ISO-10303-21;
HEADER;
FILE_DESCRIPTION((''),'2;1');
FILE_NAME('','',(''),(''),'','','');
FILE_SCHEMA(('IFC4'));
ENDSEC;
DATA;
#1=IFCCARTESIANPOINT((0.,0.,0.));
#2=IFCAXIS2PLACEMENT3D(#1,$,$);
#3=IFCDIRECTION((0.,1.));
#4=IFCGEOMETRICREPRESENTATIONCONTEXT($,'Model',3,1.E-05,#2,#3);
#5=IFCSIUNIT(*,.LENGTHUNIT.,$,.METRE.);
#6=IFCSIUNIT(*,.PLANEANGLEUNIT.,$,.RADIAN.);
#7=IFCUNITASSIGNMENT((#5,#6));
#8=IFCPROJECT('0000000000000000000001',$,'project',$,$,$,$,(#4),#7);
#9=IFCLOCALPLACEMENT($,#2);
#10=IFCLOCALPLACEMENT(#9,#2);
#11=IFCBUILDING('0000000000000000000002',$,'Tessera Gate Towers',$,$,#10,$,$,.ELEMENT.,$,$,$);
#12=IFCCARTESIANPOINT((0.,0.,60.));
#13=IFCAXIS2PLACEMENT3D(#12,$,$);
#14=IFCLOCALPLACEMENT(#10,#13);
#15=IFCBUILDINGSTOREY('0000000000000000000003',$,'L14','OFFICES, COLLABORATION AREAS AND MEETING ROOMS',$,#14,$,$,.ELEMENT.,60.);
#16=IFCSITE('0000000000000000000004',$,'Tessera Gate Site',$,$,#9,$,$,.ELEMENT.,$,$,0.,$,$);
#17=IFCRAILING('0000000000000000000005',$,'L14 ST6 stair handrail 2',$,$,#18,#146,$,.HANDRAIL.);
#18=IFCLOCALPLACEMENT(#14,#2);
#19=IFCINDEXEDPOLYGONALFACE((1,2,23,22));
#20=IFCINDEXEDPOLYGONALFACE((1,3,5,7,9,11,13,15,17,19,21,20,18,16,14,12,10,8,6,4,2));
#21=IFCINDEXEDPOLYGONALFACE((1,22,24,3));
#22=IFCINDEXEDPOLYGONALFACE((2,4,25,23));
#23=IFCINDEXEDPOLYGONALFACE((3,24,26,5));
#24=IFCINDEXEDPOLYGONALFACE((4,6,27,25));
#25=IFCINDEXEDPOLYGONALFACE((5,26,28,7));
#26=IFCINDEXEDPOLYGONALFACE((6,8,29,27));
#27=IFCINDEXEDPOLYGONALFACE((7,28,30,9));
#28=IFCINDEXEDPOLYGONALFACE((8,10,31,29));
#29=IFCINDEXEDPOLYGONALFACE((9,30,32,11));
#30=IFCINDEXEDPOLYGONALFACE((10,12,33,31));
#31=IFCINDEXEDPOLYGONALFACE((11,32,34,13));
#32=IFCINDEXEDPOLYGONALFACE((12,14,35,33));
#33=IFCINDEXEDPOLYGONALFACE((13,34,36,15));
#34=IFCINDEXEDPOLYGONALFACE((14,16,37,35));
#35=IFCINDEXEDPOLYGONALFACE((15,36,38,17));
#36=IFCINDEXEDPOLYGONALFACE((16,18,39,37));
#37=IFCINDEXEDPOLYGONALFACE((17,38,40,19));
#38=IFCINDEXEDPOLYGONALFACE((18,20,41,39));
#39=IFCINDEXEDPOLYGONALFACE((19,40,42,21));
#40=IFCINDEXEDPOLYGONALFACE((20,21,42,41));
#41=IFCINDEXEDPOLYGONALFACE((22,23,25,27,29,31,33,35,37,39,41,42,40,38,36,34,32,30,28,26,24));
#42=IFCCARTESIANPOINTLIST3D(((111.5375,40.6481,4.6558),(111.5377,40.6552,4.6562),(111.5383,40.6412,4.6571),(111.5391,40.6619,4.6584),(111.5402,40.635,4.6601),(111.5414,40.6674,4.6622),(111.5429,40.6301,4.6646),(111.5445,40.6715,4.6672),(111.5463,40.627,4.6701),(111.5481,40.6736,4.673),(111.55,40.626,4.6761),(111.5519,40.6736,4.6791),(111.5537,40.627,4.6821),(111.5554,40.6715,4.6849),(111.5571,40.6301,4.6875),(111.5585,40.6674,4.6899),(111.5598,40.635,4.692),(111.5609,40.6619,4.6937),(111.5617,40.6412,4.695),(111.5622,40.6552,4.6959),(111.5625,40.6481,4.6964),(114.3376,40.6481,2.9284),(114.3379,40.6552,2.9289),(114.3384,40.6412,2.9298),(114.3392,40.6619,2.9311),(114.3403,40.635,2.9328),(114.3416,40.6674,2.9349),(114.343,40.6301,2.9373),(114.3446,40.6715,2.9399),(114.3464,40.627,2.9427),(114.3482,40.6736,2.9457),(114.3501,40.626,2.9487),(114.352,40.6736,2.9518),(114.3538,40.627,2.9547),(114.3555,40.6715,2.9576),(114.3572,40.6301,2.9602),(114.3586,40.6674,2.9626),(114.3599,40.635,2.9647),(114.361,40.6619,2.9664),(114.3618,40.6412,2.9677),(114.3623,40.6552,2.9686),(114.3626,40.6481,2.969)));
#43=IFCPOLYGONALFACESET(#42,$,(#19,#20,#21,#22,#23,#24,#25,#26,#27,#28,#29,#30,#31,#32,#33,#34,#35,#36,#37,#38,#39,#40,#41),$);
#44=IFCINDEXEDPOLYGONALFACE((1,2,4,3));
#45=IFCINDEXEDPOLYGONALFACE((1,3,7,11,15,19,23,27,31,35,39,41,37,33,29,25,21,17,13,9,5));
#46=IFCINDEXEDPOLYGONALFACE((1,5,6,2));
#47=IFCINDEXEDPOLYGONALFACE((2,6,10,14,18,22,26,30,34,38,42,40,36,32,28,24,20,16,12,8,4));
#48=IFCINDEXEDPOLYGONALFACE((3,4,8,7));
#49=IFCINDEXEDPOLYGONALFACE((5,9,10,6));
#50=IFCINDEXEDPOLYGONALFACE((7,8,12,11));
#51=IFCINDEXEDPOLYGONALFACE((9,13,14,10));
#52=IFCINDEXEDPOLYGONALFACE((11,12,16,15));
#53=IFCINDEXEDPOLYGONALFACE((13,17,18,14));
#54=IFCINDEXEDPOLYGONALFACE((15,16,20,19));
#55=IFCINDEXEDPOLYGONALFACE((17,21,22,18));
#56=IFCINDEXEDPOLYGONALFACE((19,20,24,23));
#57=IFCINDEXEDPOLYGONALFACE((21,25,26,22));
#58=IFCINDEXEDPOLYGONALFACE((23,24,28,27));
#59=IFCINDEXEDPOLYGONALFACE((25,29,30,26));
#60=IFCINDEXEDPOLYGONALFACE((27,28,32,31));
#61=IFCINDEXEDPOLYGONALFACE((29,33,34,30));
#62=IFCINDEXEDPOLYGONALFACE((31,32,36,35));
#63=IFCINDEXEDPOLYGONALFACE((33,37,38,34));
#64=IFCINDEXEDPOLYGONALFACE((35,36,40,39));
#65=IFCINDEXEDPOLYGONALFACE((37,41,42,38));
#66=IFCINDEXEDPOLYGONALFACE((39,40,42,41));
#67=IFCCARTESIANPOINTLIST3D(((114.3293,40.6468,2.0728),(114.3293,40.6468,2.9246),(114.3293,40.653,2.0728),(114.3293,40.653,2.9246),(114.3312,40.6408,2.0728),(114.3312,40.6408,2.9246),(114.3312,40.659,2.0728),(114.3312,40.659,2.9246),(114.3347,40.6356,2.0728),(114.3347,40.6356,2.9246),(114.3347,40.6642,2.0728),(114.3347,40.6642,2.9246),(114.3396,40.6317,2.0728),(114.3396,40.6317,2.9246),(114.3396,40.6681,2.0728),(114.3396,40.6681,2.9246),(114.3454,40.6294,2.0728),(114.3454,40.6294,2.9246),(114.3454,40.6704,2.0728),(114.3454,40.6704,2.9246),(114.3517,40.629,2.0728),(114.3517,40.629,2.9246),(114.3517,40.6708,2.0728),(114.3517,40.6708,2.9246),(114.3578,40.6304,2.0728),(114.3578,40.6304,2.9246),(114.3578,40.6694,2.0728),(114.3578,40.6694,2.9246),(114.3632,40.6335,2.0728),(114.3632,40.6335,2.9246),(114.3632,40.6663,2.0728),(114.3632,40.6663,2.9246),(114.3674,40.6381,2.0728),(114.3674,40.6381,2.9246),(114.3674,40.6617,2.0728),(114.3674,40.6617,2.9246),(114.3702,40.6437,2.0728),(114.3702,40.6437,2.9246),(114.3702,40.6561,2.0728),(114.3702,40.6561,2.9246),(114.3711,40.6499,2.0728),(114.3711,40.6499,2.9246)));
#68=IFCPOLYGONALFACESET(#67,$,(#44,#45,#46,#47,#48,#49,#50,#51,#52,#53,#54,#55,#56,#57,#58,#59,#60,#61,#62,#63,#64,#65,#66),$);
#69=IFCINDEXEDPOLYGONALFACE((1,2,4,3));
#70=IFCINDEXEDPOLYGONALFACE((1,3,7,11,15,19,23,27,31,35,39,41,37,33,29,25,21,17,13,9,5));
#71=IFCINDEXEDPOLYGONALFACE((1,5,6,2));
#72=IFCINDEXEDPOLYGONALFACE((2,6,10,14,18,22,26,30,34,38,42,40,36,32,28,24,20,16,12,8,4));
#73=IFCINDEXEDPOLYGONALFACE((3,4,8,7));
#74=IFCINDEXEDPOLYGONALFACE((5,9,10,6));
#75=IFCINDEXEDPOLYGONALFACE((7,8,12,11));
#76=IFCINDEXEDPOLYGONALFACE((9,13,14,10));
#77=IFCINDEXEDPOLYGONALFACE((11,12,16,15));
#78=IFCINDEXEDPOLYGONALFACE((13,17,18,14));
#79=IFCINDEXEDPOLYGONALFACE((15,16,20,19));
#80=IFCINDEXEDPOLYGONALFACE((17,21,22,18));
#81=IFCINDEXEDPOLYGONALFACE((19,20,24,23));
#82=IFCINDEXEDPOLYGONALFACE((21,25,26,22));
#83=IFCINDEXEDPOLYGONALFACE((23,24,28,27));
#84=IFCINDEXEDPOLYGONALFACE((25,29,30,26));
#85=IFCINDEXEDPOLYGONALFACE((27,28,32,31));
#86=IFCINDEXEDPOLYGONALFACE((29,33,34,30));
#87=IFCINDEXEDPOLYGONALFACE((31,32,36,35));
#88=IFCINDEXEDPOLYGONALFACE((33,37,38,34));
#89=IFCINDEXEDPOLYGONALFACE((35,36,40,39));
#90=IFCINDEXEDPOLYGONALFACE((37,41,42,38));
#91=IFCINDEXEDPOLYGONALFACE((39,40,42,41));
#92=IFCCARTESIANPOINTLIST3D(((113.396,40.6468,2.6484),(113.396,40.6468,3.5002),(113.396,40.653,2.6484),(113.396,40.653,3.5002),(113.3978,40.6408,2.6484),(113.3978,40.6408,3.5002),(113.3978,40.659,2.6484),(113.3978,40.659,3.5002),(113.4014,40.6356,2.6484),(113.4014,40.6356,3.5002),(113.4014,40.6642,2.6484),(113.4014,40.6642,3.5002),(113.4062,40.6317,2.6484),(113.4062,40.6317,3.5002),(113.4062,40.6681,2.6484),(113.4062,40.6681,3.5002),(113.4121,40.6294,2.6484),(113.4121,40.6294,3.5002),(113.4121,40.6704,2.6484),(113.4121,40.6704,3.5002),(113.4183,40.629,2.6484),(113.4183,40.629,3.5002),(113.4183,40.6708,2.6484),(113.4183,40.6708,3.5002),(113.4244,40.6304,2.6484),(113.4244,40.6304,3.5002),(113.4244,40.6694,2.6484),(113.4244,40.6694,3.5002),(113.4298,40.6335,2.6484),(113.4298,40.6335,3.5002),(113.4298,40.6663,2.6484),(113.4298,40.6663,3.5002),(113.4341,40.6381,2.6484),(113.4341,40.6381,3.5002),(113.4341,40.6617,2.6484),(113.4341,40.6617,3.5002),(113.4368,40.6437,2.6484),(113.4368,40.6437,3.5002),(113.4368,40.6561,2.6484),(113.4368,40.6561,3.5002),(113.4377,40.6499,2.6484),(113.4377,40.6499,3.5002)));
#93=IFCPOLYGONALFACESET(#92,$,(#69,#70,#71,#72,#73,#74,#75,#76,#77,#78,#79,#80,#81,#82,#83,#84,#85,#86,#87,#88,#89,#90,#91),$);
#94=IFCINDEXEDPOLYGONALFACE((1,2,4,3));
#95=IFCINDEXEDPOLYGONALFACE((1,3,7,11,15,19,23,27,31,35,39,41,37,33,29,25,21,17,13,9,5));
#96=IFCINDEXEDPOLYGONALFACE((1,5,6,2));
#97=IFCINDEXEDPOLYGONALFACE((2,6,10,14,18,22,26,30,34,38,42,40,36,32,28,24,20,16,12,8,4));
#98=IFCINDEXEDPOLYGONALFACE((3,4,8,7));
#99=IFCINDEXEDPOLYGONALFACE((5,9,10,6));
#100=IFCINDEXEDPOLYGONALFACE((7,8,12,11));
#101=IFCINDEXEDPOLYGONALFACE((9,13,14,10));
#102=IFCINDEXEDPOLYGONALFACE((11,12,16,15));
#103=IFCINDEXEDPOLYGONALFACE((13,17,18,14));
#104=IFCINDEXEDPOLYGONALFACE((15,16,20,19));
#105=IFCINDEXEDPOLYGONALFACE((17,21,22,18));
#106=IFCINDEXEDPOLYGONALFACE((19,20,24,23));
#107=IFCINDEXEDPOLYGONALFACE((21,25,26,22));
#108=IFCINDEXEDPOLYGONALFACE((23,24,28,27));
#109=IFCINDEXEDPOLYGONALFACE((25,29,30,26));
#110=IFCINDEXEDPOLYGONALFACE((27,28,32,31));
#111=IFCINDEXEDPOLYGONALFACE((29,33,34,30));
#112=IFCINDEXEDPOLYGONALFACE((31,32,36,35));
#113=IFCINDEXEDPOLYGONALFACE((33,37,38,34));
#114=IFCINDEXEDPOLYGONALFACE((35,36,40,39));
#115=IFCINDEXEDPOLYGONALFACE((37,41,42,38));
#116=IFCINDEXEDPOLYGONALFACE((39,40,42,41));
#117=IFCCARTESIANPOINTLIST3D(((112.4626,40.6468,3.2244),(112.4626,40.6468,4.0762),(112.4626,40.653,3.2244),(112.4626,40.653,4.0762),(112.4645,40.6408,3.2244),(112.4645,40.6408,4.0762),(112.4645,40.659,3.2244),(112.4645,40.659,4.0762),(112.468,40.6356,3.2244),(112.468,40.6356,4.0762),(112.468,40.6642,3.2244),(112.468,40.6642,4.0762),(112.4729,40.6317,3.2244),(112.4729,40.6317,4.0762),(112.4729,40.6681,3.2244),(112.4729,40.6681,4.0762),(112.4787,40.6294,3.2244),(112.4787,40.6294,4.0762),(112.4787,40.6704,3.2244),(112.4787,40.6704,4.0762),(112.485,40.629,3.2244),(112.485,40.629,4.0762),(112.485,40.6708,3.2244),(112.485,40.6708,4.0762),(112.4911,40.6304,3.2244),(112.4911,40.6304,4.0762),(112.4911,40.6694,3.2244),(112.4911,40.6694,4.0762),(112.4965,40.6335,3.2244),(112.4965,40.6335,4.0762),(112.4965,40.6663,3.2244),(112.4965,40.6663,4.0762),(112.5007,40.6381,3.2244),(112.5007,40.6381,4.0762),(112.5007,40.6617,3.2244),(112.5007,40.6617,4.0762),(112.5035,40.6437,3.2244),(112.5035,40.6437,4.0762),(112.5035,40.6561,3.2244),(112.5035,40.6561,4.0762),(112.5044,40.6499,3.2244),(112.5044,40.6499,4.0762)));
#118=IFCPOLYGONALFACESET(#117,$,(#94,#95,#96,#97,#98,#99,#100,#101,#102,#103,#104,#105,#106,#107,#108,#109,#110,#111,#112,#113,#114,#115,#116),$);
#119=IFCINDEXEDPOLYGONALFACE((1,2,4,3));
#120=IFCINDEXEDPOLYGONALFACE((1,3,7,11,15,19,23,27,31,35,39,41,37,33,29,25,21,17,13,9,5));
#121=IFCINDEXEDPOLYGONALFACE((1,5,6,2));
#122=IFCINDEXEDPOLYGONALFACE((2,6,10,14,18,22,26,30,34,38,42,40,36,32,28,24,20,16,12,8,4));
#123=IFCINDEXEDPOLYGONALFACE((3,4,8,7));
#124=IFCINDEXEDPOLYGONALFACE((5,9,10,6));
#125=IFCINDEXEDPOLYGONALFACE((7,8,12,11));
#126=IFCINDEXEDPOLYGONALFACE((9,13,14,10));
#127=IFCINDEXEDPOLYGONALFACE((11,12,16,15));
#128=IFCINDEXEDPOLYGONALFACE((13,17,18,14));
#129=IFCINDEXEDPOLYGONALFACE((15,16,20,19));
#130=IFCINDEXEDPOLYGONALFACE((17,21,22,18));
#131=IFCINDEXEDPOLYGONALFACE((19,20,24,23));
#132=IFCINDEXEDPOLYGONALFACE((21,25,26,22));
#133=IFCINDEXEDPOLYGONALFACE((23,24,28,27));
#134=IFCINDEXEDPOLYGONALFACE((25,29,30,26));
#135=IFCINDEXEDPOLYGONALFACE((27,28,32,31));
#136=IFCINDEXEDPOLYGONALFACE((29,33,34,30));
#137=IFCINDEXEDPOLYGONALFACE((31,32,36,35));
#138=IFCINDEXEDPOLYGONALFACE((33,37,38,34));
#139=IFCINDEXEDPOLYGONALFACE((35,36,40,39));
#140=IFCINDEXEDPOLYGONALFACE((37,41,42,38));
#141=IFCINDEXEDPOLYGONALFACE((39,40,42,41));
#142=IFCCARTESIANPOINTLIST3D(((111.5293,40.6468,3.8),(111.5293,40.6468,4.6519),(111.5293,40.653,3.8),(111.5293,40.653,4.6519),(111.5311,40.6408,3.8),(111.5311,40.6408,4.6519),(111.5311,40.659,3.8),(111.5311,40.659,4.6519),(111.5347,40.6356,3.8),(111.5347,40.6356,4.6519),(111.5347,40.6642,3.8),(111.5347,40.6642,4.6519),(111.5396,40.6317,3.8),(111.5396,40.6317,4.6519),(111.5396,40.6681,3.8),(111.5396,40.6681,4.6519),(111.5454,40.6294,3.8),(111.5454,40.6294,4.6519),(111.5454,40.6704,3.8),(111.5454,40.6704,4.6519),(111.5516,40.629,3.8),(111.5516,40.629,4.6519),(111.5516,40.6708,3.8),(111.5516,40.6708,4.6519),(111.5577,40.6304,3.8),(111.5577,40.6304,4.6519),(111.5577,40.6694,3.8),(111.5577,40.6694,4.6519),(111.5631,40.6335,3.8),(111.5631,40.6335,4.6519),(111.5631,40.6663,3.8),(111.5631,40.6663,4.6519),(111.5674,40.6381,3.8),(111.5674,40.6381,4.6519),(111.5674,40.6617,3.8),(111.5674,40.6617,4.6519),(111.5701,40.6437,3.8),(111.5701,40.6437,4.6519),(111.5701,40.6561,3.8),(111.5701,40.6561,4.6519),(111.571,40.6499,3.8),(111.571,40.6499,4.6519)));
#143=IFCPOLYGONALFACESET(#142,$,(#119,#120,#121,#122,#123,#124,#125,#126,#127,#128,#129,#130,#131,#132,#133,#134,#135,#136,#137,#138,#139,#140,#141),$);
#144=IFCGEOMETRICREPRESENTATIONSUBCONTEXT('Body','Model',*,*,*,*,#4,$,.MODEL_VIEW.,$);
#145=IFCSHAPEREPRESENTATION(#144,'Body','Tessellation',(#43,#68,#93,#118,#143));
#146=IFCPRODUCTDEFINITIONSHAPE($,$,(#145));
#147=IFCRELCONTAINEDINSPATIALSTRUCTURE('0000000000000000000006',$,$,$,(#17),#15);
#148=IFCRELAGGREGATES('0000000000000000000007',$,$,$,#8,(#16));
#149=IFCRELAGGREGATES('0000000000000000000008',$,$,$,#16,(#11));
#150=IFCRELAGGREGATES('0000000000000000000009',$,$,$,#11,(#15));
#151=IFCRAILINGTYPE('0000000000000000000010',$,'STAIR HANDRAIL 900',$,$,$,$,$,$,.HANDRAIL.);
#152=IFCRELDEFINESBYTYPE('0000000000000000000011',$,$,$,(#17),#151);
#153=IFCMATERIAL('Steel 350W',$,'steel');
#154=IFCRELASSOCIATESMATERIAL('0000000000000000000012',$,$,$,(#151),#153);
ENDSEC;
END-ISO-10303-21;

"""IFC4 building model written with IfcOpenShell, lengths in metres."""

from ifc_helpers import new_model, si_unit, direction, frame, origin, origin_2d, place, context, subcontext, project, spatial, circle, extrude, material, type_object, element, save


model = new_model("IFC4")

# Units and contexts
model_context = context("Model", 3, precision=1e-05, world=origin(), true_north=direction((0.0, 1.0)))
body_context = subcontext(model_context, "Body", "Model", "MODEL_VIEW")
ifc_project = project(units=[si_unit("LENGTHUNIT", "METRE"), si_unit("PLANEANGLEUNIT", "RADIAN")], contexts=[model_context])

# Site, building, storey
site_placement = place(None, origin())
site = spatial("IfcSite", under=ifc_project, at=site_placement, Name="Tessera Gate Site", CompositionType="ELEMENT", RefElevation=0.0)
building_placement = place(site_placement, origin())
building = spatial("IfcBuilding", under=site, at=building_placement, Name="Tessera Gate Towers", CompositionType="ELEMENT")
storey_placement = place(building_placement, frame((0.0, 0.0, 60.0)))
storey = spatial("IfcBuildingStorey", under=building, at=storey_placement, Name="L14", Description="OFFICES, COLLABORATION AREAS AND MEETING ROOMS", CompositionType="ELEMENT", Elevation=60.0)

# Railing
ifc_material_1 = material(Name="Steel 350W", Category="steel")
railing_type = type_object("IfcRailingType", Name="STAIR HANDRAIL 900", PredefinedType="HANDRAIL", material=ifc_material_1)
railing_placement = place(storey_placement, frame((114.3501, 40.6499, 2.0728)))
element("IfcRailing", 1, at=railing_placement, inside=storey, type_object=railing_type, Name="L14 ST6 stair handrail 2", PredefinedType="HANDRAIL", context=body_context, shape_type="SweptSolid", body=[
    extrude(circle(Radius=0.0239, at=origin_2d()), frame((0.0, 0.0, 0.876), z_axis=(-0.85109, 0.0, 0.52502), x_axis=(0.0, -1.0, 0.0)), (0.0, 0.0, 1.0), 3.29),
    extrude(circle(Radius=0.021, at=origin_2d()), origin(), (0.0, 0.0, 1.0), 0.8518),
    extrude(circle(Radius=0.021, at=origin_2d()), frame((-0.9333, 0.0, 0.5757)), (0.0, 0.0, 1.0), 0.8518),
    extrude(circle(Radius=0.021, at=origin_2d()), frame((-1.8667, 0.0, 1.1516)), (0.0, 0.0, 1.0), 0.8518),
    extrude(circle(Radius=0.021, at=origin_2d()), frame((-2.8, 0.0, 1.7273)), (0.0, 0.0, 1.0), 0.8518),
])

save(model, "model.ifc")
